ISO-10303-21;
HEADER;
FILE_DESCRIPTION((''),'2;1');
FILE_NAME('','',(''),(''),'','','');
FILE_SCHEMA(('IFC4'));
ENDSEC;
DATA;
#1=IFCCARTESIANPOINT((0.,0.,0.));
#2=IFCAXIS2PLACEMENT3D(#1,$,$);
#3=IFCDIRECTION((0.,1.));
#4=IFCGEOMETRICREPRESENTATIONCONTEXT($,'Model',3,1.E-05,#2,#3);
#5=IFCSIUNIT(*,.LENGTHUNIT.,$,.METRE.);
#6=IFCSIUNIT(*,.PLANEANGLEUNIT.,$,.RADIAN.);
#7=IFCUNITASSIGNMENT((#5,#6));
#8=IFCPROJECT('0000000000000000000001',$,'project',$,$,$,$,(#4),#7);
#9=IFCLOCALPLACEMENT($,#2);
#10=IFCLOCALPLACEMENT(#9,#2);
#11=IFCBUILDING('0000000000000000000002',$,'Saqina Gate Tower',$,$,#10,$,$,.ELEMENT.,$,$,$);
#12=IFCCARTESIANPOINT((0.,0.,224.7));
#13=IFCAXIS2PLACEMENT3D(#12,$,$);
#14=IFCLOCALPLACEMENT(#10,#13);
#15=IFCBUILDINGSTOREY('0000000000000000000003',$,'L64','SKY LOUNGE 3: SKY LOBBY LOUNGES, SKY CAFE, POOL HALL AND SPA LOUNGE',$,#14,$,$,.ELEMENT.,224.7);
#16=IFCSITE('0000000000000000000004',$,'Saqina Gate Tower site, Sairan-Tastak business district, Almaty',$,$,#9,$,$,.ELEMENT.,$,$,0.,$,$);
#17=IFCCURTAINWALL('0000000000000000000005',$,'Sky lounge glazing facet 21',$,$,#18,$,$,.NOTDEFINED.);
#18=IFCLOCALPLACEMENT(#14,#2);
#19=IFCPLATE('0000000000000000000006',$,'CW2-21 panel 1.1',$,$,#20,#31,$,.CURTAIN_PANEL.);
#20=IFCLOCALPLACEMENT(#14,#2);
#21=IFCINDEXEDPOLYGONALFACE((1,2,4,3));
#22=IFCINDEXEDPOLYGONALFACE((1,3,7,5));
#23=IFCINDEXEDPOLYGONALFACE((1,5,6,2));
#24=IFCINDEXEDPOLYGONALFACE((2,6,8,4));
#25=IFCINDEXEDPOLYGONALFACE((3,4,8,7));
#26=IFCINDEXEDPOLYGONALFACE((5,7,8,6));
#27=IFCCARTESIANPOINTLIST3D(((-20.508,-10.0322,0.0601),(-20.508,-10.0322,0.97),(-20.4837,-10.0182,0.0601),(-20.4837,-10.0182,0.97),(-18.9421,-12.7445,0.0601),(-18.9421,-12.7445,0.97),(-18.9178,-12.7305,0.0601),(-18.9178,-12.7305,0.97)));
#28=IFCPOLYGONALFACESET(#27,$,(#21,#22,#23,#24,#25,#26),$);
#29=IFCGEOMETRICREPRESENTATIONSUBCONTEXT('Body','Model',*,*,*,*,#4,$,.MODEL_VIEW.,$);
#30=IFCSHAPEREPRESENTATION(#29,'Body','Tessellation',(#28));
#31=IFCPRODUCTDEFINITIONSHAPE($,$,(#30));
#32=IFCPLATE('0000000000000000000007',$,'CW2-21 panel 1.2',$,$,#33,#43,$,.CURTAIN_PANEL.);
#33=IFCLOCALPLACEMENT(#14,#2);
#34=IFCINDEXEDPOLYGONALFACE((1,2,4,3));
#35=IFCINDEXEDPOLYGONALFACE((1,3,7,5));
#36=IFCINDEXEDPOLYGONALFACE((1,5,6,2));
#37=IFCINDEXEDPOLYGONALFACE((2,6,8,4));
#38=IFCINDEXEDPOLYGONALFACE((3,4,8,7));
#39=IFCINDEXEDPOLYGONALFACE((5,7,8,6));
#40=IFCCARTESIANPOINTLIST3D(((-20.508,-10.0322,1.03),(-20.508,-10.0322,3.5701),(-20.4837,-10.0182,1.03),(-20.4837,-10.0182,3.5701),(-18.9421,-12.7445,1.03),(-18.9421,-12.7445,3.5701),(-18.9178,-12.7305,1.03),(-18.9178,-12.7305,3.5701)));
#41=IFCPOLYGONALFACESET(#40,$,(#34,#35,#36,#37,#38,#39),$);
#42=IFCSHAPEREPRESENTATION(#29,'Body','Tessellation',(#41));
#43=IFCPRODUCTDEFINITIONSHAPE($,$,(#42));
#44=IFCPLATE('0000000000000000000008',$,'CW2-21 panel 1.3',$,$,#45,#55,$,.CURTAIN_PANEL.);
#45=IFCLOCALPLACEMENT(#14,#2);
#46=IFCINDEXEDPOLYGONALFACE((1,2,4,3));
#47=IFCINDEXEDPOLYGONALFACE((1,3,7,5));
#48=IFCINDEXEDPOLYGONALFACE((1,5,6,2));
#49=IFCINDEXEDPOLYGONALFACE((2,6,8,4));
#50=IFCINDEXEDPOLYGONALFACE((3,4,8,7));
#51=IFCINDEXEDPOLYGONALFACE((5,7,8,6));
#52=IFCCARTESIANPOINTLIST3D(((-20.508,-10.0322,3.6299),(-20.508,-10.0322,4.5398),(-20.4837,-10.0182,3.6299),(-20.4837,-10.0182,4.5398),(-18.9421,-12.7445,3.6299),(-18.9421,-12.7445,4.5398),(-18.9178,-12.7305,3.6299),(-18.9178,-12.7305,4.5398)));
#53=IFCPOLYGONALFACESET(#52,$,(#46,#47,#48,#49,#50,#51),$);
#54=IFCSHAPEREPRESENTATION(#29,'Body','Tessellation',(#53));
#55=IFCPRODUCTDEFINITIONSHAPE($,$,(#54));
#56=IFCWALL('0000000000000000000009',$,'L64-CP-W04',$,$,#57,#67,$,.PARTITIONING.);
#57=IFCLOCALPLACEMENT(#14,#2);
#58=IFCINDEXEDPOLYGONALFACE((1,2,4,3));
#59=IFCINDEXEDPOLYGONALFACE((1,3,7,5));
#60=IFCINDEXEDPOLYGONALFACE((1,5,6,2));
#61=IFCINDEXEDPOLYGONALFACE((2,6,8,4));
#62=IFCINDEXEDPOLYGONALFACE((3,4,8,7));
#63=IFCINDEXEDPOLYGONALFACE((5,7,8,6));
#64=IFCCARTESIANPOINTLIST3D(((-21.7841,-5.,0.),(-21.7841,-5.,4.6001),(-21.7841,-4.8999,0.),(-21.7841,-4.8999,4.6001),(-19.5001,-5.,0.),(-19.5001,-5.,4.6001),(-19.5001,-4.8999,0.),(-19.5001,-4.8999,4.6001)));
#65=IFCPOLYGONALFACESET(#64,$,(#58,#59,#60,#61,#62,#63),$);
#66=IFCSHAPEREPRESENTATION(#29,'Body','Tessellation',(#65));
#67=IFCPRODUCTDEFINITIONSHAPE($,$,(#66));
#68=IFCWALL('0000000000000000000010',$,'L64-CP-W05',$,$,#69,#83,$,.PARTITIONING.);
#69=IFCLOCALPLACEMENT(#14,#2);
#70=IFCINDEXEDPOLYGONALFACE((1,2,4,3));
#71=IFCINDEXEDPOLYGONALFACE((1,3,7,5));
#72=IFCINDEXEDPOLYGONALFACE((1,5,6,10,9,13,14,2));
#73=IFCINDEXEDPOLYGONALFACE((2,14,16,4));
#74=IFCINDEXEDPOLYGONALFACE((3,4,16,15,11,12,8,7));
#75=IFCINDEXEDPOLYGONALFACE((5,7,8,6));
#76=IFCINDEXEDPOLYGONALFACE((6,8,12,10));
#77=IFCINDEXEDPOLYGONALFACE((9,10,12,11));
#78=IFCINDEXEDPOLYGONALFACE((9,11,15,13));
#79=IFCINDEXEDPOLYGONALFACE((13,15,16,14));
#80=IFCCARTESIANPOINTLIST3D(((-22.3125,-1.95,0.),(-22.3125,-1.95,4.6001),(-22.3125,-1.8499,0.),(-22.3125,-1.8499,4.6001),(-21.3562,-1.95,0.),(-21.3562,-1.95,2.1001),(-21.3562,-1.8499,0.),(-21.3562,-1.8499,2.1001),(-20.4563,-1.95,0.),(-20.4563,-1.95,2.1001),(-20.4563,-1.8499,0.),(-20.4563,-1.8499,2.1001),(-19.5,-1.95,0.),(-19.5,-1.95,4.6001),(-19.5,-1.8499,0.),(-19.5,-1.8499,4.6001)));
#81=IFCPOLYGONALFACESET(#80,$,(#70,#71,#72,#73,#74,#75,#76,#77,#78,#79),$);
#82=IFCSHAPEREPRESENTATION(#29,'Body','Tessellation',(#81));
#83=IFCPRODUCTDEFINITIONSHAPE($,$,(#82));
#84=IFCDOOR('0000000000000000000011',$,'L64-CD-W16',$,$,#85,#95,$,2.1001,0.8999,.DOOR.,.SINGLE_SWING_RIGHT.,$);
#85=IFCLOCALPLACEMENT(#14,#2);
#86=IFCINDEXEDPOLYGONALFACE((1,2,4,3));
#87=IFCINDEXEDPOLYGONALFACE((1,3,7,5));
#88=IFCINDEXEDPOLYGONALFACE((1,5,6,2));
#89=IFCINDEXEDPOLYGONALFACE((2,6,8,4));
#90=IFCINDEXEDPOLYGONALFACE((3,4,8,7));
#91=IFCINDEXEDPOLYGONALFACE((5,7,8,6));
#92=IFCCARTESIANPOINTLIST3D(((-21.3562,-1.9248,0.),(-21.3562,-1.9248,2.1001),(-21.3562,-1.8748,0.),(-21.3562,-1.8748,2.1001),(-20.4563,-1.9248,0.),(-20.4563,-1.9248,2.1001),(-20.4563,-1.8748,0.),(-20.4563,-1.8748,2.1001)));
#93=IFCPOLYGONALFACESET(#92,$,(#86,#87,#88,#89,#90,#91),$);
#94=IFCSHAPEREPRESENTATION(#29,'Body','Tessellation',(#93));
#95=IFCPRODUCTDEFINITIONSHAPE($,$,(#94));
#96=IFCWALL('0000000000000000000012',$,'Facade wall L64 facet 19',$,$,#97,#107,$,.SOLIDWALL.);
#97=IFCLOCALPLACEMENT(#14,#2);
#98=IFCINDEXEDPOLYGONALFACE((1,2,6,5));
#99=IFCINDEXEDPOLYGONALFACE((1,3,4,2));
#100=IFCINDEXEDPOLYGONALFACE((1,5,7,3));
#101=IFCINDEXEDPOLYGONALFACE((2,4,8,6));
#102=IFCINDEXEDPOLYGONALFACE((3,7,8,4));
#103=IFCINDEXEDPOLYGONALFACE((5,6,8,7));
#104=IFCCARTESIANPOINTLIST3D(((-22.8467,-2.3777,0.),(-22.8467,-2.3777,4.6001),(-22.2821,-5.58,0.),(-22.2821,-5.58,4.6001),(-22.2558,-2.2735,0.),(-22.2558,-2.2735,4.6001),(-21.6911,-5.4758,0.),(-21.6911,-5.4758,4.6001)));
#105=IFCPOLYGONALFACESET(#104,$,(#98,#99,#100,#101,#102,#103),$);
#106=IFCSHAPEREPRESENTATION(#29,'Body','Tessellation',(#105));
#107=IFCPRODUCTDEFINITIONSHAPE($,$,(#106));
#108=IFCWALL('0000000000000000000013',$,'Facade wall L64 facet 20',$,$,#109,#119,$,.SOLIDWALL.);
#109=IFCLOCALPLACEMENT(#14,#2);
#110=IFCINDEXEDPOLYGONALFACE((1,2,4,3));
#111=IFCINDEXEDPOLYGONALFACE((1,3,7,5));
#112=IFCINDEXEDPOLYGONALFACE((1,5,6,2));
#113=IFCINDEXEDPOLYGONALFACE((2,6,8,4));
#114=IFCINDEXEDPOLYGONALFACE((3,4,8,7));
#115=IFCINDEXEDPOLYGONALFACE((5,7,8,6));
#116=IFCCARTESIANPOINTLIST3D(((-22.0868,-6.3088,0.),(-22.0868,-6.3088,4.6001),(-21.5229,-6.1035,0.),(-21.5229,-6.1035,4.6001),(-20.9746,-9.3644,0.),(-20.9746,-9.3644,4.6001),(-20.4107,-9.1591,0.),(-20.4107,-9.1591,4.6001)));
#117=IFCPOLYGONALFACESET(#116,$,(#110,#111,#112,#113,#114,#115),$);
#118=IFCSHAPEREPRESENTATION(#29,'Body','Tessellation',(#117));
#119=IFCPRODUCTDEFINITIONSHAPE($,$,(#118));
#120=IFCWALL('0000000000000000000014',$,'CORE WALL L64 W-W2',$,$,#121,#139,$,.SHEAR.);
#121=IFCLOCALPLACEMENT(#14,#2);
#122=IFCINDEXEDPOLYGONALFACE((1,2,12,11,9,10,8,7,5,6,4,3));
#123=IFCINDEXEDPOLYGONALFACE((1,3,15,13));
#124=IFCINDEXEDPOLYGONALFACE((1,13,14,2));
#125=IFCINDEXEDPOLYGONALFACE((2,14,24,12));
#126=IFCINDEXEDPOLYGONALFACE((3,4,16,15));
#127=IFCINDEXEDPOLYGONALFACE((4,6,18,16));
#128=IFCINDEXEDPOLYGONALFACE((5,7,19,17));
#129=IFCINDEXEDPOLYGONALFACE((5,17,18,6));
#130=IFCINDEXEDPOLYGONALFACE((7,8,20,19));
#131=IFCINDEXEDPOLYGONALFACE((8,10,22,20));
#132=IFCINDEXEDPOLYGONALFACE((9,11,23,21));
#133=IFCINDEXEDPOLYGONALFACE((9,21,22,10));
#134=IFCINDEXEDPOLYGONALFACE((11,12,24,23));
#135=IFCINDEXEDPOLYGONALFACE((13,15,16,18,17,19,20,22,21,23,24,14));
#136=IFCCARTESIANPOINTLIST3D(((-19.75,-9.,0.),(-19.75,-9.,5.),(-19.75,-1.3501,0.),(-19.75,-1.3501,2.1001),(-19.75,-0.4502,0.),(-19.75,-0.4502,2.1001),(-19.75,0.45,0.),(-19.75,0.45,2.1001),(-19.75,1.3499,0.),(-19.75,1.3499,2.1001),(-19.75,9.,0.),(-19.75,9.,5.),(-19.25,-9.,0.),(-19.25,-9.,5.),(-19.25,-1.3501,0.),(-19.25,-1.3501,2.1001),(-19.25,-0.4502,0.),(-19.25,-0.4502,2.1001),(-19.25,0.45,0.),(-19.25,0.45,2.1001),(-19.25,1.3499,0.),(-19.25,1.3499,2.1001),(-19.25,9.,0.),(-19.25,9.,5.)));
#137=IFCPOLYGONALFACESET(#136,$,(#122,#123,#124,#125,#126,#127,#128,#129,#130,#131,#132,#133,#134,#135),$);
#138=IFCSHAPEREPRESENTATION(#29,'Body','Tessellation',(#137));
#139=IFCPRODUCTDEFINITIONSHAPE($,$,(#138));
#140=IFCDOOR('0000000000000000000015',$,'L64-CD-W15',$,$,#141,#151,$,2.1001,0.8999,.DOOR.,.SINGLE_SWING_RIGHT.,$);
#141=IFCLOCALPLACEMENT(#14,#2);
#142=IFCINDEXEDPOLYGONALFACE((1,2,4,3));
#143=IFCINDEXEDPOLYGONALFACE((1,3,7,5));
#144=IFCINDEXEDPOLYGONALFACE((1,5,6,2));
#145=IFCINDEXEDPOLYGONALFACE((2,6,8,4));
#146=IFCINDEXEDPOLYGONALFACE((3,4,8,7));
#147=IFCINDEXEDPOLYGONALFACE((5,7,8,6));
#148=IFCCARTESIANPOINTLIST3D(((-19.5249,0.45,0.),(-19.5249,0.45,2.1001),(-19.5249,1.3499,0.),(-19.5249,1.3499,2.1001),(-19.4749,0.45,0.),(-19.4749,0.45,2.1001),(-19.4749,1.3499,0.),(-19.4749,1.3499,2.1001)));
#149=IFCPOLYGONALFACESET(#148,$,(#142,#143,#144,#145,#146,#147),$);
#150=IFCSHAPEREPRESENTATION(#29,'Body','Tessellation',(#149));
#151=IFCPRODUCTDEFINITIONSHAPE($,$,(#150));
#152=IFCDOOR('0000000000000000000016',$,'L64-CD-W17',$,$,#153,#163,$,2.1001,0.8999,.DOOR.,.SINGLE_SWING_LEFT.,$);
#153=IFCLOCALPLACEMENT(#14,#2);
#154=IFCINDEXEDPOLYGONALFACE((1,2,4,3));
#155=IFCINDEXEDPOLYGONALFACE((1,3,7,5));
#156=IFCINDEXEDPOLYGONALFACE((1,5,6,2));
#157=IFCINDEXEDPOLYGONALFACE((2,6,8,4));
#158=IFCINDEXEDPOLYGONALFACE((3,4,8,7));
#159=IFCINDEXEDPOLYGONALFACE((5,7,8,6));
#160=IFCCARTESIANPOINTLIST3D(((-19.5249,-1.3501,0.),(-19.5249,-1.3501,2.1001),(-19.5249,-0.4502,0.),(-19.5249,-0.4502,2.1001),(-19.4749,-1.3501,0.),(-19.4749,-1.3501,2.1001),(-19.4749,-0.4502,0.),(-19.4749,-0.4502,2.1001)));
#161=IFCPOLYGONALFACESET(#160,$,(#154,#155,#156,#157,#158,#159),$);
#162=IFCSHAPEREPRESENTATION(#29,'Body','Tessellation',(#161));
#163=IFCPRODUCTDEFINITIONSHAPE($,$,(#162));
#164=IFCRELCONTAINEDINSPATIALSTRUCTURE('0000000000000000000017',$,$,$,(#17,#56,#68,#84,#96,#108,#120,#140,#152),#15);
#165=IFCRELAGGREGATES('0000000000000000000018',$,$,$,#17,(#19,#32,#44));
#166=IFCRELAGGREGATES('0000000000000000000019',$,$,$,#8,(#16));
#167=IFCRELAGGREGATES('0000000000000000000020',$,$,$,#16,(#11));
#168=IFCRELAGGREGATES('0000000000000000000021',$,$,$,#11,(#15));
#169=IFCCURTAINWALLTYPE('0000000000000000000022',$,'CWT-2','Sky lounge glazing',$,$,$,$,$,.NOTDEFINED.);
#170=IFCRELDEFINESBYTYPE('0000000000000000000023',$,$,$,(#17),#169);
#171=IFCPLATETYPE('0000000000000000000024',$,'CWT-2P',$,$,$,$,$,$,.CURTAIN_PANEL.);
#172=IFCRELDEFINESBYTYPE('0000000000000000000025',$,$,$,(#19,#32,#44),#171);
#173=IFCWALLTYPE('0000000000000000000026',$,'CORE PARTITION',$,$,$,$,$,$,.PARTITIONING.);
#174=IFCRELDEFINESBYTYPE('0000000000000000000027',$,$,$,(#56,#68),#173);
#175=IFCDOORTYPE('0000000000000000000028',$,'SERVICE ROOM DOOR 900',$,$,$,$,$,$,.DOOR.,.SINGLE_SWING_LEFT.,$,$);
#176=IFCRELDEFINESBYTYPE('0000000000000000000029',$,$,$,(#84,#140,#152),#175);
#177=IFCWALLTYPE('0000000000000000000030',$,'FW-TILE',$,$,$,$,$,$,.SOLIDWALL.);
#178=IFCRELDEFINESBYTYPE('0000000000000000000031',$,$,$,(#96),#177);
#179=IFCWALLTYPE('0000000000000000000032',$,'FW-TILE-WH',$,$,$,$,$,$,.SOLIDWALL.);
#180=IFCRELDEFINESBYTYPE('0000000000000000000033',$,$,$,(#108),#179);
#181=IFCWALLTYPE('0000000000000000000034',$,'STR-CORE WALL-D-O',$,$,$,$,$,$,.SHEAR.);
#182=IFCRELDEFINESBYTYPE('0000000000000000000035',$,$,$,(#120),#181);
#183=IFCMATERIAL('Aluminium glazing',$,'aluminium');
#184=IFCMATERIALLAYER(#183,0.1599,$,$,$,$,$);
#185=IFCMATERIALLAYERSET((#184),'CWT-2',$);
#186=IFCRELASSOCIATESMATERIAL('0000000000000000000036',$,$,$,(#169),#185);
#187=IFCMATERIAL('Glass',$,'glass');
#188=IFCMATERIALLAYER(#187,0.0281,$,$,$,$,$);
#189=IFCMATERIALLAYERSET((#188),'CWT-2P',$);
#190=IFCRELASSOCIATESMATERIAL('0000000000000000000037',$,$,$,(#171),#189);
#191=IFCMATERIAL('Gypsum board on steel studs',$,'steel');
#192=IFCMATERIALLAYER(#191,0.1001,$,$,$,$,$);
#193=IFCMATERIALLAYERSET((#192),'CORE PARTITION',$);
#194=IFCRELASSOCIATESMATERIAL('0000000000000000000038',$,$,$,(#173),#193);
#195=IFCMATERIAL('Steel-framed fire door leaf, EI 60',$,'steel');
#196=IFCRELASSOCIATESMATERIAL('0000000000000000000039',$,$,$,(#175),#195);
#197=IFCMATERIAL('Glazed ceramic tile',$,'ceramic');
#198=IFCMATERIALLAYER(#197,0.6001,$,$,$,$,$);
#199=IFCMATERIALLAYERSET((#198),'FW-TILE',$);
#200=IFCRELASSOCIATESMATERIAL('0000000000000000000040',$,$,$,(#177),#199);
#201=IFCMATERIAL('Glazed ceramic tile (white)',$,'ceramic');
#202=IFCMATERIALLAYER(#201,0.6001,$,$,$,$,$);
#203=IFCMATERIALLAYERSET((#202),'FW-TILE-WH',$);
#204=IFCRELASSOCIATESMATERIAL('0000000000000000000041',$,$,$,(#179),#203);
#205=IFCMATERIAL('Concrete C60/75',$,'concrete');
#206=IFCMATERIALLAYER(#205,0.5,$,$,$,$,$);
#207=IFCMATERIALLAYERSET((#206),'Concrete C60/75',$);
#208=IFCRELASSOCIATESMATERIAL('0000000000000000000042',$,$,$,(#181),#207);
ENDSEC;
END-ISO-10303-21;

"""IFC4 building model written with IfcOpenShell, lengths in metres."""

from ifc_helpers import new_model, si_unit, direction, frame, frame_2d, origin, origin_2d, place, context, subcontext, project, spatial, rectangle, extrude, material, layer, layer_set, type_object, element, fill, aggregate, save


model = new_model("IFC4")

# Units and contexts
model_context = context("Model", 3, precision=1e-05, world=origin(), true_north=direction((0.0, 1.0)))
body_context = subcontext(model_context, "Body", "Model", "MODEL_VIEW")
ifc_project = project(units=[si_unit("LENGTHUNIT", "METRE"), si_unit("PLANEANGLEUNIT", "RADIAN")], contexts=[model_context])

# Site, building, storey
site_placement = place(None, origin())
site = spatial("IfcSite", under=ifc_project, at=site_placement, Name="Saqina Gate Tower site, Sairan-Tastak business district, Almaty", CompositionType="ELEMENT", RefElevation=0.0)
building_placement = place(site_placement, origin())
building = spatial("IfcBuilding", under=site, at=building_placement, Name="Saqina Gate Tower", CompositionType="ELEMENT")
storey_placement = place(building_placement, frame((0.0, 0.0, 224.7)))
storey = spatial("IfcBuildingStorey", under=building, at=storey_placement, Name="L64", Description="SKY LOUNGE 3: SKY LOBBY LOUNGES, SKY CAFE, POOL HALL AND SPA LOUNGE", CompositionType="ELEMENT", Elevation=224.7)

# Curtain wall
ifc_material_1 = material(Name="Aluminium glazing", Category="aluminium")
ifc_layer_1 = layer(ifc_material_1, 0.1599)
ifc_layer_set_1 = layer_set([ifc_layer_1], Name="CWT-2")
curtain_wall_type = type_object("IfcCurtainWallType", Name="CWT-2", Description="Sky lounge glazing", PredefinedType="NOTDEFINED", material=ifc_layer_set_1)
curtain_wall_1_placement = place(storey_placement, origin())
curtain_wall_1 = element("IfcCurtainWall", 1, at=curtain_wall_1_placement, inside=storey, type_object=curtain_wall_type, Name="Sky lounge glazing facet 21", PredefinedType="NOTDEFINED")

# Plates
ifc_material_2 = material(Name="Glass", Category="glass")
ifc_layer_2 = layer(ifc_material_2, 0.0281)
ifc_layer_set_2 = layer_set([ifc_layer_2], Name="CWT-2P")
plate_type = type_object("IfcPlateType", Name="CWT-2P", PredefinedType="CURTAIN_PANEL", material=ifc_layer_set_2)
plate_1_placement = place(storey_placement, frame((-19.7129, -11.3813, 0.0601), z_axis=(0.0, 0.0, 1.0), x_axis=(0.499982, -0.866036, 0.0)))
plate_1 = element("IfcPlate", 2, at=plate_1_placement, type_object=plate_type, Name="CW2-21 panel 1.1", PredefinedType="CURTAIN_PANEL", context=body_context, shape_type="SweptSolid", body=[
    extrude(rectangle(XDim=3.1318, YDim=0.0281, at=origin_2d()), origin(), (0.0, 0.0, 1.0), 0.9099),
])
plate_2_placement = place(storey_placement, frame((-19.7129, -11.3813, 1.03), z_axis=(0.0, 0.0, 1.0), x_axis=(0.499982, -0.866036, 0.0)))
plate_2 = element("IfcPlate", 3, at=plate_2_placement, type_object=plate_type, Name="CW2-21 panel 1.2", PredefinedType="CURTAIN_PANEL", context=body_context, shape_type="SweptSolid", body=[
    extrude(rectangle(XDim=3.1318, YDim=0.0281, at=origin_2d()), origin(), (0.0, 0.0, 1.0), 2.54),
])
plate_3_placement = place(storey_placement, frame((-19.7129, -11.3813, 3.6299), z_axis=(0.0, 0.0, 1.0), x_axis=(0.499982, -0.866036, 0.0)))
plate_3 = element("IfcPlate", 4, at=plate_3_placement, type_object=plate_type, Name="CW2-21 panel 1.3", PredefinedType="CURTAIN_PANEL", context=body_context, shape_type="SweptSolid", body=[
    extrude(rectangle(XDim=3.1318, YDim=0.0281, at=origin_2d()), origin(), (0.0, 0.0, 1.0), 0.9099),
])
aggregate(curtain_wall_1, [plate_1, plate_2, plate_3])

# Wall
ifc_material_3 = material(Name="Gypsum board on steel studs", Category="steel")
ifc_layer_3 = layer(ifc_material_3, 0.1001)
ifc_layer_set_3 = layer_set([ifc_layer_3], Name="CORE PARTITION")
wall_type_1 = type_object("IfcWallType", Name="CORE PARTITION", PredefinedType="PARTITIONING", material=ifc_layer_set_3)
wall_1_placement = place(storey_placement, frame((-19.5, -4.95, 0.0), z_axis=(0.0, 0.0, 1.0), x_axis=(-1.0, 0.0, 0.0)))
element("IfcWall", 5, at=wall_1_placement, inside=storey, type_object=wall_type_1, Name="L64-CP-W04", PredefinedType="PARTITIONING", context=body_context, shape_type="SweptSolid", body=[
    extrude(rectangle(XDim=2.2839, YDim=0.1001, at=frame_2d((1.1421, 0.0))), origin(), (0.0, 0.0, 1.0), 4.6001),
])

# Wall, opening, door
wall_2_placement = place(storey_placement, frame((-19.5, -1.8999, 0.0), z_axis=(0.0, 0.0, 1.0), x_axis=(-1.0, 0.0, 0.0)))
wall_2 = element("IfcWall", 6, at=wall_2_placement, inside=storey, type_object=wall_type_1, Name="L64-CP-W05", PredefinedType="PARTITIONING", context=body_context, shape_type="SweptSolid", body=[
    extrude(rectangle(XDim=2.8125, YDim=0.1001, at=frame_2d((1.4062, 0.0))), origin(), (0.0, 0.0, 1.0), 4.6001),
])
opening_1_placement = place(wall_2_placement, frame((0.9563, 0.0, 0.0)))
opening_1 = element("IfcOpeningElement", 7, at=opening_1_placement, cuts=wall_2, PredefinedType="OPENING", context=body_context, shape_type="SweptSolid", body=[
    extrude(rectangle(XDim=0.8999, YDim=2.1001, at=frame_2d((0.45, 1.05))), frame((0.0, 0.062, 0.0), z_axis=(0.0, -1.0, 0.0), x_axis=(1.0, 0.0, 0.0)), (0.0, 0.0, 1.0), 0.124),
])
ifc_material_4 = material(Name="Steel-framed fire door leaf, EI 60", Category="steel")
door_type = type_object("IfcDoorType", Name="SERVICE ROOM DOOR 900", OperationType="SINGLE_SWING_LEFT", PredefinedType="DOOR", material=ifc_material_4)
door_1_placement = place(opening_1_placement, origin())
door_1 = element("IfcDoor", 8, at=door_1_placement, inside=storey, type_object=door_type, Name="L64-CD-W16", OperationType="SINGLE_SWING_RIGHT", OverallHeight=2.1001, OverallWidth=0.8999, PredefinedType="DOOR", context=body_context, shape_type="SweptSolid", body=[
    extrude(rectangle(XDim=0.8999, YDim=2.1001, at=frame_2d((0.45, 1.05))), frame((0.0, 0.0249, 0.0), z_axis=(0.0, -1.0, 0.0), x_axis=(1.0, 0.0, 0.0)), (0.0, 0.0, 1.0), 0.05),
])
fill(opening_1, door_1)

# Walls
ifc_material_5 = material(Name="Glazed ceramic tile", Category="ceramic")
ifc_layer_4 = layer(ifc_material_5, 0.6001)
ifc_layer_set_4 = layer_set([ifc_layer_4], Name="FW-TILE")
wall_type_2 = type_object("IfcWallType", Name="FW-TILE", PredefinedType="SOLIDWALL", material=ifc_layer_set_4)
wall_3_placement = place(storey_placement, frame((-22.5513, -2.3254, 0.0), z_axis=(0.0, 0.0, 1.0), x_axis=(0.173657, -0.984806, 0.0)))
element("IfcWall", 9, at=wall_3_placement, inside=storey, type_object=wall_type_2, Name="Facade wall L64 facet 19", PredefinedType="SOLIDWALL", context=body_context, shape_type="SweptSolid", body=[
    extrude(rectangle(XDim=3.2517, YDim=0.6001, at=frame_2d((1.626, 0.0))), origin(), (0.0, 0.0, 1.0), 4.6001),
])
ifc_material_6 = material(Name="Glazed ceramic tile (white)", Category="ceramic")
ifc_layer_5 = layer(ifc_material_6, 0.6001)
ifc_layer_set_5 = layer_set([ifc_layer_5], Name="FW-TILE-WH")
wall_type_3 = type_object("IfcWallType", Name="FW-TILE-WH", PredefinedType="SOLIDWALL", material=ifc_layer_set_5)
wall_4_placement = place(storey_placement, frame((-21.8049, -6.2061, 0.0), z_axis=(0.0, 0.0, 1.0), x_axis=(0.342057, -0.939679, 0.0)))
element("IfcWall", 10, at=wall_4_placement, inside=storey, type_object=wall_type_3, Name="Facade wall L64 facet 20", PredefinedType="SOLIDWALL", context=body_context, shape_type="SweptSolid", body=[
    extrude(rectangle(XDim=3.2517, YDim=0.6001, at=frame_2d((1.626, 0.0))), origin(), (0.0, 0.0, 1.0), 4.6001),
])

# Wall, openings, doors
ifc_material_7 = material(Name="Concrete C60/75", Category="concrete")
ifc_layer_6 = layer(ifc_material_7, 0.5)
ifc_layer_set_6 = layer_set([ifc_layer_6], Name="Concrete C60/75")
wall_type_4 = type_object("IfcWallType", Name="STR-CORE WALL-D-O", PredefinedType="SHEAR", material=ifc_layer_set_6)
wall_5_placement = place(storey_placement, frame((-19.5, -9.0, 0.0), z_axis=(0.0, 0.0, 1.0), x_axis=(0.0, 1.0, 0.0)))
wall_5 = element("IfcWall", 11, at=wall_5_placement, inside=storey, type_object=wall_type_4, Name="CORE WALL L64 W-W2", PredefinedType="SHEAR", context=body_context, shape_type="SweptSolid", body=[
    extrude(rectangle(XDim=18.0, YDim=0.5, at=frame_2d((9.0, 0.0))), origin(), (0.0, 0.0, 1.0), 5.0),
])
opening_2_placement = place(wall_5_placement, frame((9.45, 0.0, 0.0)))
opening_2 = element("IfcOpeningElement", 12, at=opening_2_placement, cuts=wall_5, PredefinedType="OPENING", context=body_context, shape_type="SweptSolid", body=[
    extrude(rectangle(XDim=0.8999, YDim=2.1001, at=frame_2d((0.45, 1.05))), frame((0.0, 0.262, 0.0), z_axis=(0.0, -1.0, 0.0), x_axis=(1.0, 0.0, 0.0)), (0.0, 0.0, 1.0), 0.5239),
])
opening_3_placement = place(wall_5_placement, frame((7.6499, 0.0, 0.0)))
opening_3 = element("IfcOpeningElement", 13, at=opening_3_placement, cuts=wall_5, PredefinedType="OPENING", context=body_context, shape_type="SweptSolid", body=[
    extrude(rectangle(XDim=0.8999, YDim=2.1001, at=frame_2d((0.45, 1.05))), frame((0.0, 0.262, 0.0), z_axis=(0.0, -1.0, 0.0), x_axis=(1.0, 0.0, 0.0)), (0.0, 0.0, 1.0), 0.5239),
])
door_2_placement = place(opening_2_placement, origin())
door_2 = element("IfcDoor", 14, at=door_2_placement, inside=storey, type_object=door_type, Name="L64-CD-W15", OperationType="SINGLE_SWING_RIGHT", OverallHeight=2.1001, OverallWidth=0.8999, PredefinedType="DOOR", context=body_context, shape_type="SweptSolid", body=[
    extrude(rectangle(XDim=0.8999, YDim=2.1001, at=frame_2d((0.45, 1.05))), frame((0.0, 0.0249, 0.0), z_axis=(0.0, -1.0, 0.0), x_axis=(1.0, 0.0, 0.0)), (0.0, 0.0, 1.0), 0.05),
])
fill(opening_2, door_2)
door_3_placement = place(opening_3_placement, origin())
door_3 = element("IfcDoor", 15, at=door_3_placement, inside=storey, type_object=door_type, Name="L64-CD-W17", OperationType="SINGLE_SWING_LEFT", OverallHeight=2.1001, OverallWidth=0.8999, PredefinedType="DOOR", context=body_context, shape_type="SweptSolid", body=[
    extrude(rectangle(XDim=0.8999, YDim=2.1001, at=frame_2d((0.45, 1.05))), frame((0.0, 0.0249, 0.0), z_axis=(0.0, -1.0, 0.0), x_axis=(1.0, 0.0, 0.0)), (0.0, 0.0, 1.0), 0.05),
])
fill(opening_3, door_3)

save(model, "model.ifc")
